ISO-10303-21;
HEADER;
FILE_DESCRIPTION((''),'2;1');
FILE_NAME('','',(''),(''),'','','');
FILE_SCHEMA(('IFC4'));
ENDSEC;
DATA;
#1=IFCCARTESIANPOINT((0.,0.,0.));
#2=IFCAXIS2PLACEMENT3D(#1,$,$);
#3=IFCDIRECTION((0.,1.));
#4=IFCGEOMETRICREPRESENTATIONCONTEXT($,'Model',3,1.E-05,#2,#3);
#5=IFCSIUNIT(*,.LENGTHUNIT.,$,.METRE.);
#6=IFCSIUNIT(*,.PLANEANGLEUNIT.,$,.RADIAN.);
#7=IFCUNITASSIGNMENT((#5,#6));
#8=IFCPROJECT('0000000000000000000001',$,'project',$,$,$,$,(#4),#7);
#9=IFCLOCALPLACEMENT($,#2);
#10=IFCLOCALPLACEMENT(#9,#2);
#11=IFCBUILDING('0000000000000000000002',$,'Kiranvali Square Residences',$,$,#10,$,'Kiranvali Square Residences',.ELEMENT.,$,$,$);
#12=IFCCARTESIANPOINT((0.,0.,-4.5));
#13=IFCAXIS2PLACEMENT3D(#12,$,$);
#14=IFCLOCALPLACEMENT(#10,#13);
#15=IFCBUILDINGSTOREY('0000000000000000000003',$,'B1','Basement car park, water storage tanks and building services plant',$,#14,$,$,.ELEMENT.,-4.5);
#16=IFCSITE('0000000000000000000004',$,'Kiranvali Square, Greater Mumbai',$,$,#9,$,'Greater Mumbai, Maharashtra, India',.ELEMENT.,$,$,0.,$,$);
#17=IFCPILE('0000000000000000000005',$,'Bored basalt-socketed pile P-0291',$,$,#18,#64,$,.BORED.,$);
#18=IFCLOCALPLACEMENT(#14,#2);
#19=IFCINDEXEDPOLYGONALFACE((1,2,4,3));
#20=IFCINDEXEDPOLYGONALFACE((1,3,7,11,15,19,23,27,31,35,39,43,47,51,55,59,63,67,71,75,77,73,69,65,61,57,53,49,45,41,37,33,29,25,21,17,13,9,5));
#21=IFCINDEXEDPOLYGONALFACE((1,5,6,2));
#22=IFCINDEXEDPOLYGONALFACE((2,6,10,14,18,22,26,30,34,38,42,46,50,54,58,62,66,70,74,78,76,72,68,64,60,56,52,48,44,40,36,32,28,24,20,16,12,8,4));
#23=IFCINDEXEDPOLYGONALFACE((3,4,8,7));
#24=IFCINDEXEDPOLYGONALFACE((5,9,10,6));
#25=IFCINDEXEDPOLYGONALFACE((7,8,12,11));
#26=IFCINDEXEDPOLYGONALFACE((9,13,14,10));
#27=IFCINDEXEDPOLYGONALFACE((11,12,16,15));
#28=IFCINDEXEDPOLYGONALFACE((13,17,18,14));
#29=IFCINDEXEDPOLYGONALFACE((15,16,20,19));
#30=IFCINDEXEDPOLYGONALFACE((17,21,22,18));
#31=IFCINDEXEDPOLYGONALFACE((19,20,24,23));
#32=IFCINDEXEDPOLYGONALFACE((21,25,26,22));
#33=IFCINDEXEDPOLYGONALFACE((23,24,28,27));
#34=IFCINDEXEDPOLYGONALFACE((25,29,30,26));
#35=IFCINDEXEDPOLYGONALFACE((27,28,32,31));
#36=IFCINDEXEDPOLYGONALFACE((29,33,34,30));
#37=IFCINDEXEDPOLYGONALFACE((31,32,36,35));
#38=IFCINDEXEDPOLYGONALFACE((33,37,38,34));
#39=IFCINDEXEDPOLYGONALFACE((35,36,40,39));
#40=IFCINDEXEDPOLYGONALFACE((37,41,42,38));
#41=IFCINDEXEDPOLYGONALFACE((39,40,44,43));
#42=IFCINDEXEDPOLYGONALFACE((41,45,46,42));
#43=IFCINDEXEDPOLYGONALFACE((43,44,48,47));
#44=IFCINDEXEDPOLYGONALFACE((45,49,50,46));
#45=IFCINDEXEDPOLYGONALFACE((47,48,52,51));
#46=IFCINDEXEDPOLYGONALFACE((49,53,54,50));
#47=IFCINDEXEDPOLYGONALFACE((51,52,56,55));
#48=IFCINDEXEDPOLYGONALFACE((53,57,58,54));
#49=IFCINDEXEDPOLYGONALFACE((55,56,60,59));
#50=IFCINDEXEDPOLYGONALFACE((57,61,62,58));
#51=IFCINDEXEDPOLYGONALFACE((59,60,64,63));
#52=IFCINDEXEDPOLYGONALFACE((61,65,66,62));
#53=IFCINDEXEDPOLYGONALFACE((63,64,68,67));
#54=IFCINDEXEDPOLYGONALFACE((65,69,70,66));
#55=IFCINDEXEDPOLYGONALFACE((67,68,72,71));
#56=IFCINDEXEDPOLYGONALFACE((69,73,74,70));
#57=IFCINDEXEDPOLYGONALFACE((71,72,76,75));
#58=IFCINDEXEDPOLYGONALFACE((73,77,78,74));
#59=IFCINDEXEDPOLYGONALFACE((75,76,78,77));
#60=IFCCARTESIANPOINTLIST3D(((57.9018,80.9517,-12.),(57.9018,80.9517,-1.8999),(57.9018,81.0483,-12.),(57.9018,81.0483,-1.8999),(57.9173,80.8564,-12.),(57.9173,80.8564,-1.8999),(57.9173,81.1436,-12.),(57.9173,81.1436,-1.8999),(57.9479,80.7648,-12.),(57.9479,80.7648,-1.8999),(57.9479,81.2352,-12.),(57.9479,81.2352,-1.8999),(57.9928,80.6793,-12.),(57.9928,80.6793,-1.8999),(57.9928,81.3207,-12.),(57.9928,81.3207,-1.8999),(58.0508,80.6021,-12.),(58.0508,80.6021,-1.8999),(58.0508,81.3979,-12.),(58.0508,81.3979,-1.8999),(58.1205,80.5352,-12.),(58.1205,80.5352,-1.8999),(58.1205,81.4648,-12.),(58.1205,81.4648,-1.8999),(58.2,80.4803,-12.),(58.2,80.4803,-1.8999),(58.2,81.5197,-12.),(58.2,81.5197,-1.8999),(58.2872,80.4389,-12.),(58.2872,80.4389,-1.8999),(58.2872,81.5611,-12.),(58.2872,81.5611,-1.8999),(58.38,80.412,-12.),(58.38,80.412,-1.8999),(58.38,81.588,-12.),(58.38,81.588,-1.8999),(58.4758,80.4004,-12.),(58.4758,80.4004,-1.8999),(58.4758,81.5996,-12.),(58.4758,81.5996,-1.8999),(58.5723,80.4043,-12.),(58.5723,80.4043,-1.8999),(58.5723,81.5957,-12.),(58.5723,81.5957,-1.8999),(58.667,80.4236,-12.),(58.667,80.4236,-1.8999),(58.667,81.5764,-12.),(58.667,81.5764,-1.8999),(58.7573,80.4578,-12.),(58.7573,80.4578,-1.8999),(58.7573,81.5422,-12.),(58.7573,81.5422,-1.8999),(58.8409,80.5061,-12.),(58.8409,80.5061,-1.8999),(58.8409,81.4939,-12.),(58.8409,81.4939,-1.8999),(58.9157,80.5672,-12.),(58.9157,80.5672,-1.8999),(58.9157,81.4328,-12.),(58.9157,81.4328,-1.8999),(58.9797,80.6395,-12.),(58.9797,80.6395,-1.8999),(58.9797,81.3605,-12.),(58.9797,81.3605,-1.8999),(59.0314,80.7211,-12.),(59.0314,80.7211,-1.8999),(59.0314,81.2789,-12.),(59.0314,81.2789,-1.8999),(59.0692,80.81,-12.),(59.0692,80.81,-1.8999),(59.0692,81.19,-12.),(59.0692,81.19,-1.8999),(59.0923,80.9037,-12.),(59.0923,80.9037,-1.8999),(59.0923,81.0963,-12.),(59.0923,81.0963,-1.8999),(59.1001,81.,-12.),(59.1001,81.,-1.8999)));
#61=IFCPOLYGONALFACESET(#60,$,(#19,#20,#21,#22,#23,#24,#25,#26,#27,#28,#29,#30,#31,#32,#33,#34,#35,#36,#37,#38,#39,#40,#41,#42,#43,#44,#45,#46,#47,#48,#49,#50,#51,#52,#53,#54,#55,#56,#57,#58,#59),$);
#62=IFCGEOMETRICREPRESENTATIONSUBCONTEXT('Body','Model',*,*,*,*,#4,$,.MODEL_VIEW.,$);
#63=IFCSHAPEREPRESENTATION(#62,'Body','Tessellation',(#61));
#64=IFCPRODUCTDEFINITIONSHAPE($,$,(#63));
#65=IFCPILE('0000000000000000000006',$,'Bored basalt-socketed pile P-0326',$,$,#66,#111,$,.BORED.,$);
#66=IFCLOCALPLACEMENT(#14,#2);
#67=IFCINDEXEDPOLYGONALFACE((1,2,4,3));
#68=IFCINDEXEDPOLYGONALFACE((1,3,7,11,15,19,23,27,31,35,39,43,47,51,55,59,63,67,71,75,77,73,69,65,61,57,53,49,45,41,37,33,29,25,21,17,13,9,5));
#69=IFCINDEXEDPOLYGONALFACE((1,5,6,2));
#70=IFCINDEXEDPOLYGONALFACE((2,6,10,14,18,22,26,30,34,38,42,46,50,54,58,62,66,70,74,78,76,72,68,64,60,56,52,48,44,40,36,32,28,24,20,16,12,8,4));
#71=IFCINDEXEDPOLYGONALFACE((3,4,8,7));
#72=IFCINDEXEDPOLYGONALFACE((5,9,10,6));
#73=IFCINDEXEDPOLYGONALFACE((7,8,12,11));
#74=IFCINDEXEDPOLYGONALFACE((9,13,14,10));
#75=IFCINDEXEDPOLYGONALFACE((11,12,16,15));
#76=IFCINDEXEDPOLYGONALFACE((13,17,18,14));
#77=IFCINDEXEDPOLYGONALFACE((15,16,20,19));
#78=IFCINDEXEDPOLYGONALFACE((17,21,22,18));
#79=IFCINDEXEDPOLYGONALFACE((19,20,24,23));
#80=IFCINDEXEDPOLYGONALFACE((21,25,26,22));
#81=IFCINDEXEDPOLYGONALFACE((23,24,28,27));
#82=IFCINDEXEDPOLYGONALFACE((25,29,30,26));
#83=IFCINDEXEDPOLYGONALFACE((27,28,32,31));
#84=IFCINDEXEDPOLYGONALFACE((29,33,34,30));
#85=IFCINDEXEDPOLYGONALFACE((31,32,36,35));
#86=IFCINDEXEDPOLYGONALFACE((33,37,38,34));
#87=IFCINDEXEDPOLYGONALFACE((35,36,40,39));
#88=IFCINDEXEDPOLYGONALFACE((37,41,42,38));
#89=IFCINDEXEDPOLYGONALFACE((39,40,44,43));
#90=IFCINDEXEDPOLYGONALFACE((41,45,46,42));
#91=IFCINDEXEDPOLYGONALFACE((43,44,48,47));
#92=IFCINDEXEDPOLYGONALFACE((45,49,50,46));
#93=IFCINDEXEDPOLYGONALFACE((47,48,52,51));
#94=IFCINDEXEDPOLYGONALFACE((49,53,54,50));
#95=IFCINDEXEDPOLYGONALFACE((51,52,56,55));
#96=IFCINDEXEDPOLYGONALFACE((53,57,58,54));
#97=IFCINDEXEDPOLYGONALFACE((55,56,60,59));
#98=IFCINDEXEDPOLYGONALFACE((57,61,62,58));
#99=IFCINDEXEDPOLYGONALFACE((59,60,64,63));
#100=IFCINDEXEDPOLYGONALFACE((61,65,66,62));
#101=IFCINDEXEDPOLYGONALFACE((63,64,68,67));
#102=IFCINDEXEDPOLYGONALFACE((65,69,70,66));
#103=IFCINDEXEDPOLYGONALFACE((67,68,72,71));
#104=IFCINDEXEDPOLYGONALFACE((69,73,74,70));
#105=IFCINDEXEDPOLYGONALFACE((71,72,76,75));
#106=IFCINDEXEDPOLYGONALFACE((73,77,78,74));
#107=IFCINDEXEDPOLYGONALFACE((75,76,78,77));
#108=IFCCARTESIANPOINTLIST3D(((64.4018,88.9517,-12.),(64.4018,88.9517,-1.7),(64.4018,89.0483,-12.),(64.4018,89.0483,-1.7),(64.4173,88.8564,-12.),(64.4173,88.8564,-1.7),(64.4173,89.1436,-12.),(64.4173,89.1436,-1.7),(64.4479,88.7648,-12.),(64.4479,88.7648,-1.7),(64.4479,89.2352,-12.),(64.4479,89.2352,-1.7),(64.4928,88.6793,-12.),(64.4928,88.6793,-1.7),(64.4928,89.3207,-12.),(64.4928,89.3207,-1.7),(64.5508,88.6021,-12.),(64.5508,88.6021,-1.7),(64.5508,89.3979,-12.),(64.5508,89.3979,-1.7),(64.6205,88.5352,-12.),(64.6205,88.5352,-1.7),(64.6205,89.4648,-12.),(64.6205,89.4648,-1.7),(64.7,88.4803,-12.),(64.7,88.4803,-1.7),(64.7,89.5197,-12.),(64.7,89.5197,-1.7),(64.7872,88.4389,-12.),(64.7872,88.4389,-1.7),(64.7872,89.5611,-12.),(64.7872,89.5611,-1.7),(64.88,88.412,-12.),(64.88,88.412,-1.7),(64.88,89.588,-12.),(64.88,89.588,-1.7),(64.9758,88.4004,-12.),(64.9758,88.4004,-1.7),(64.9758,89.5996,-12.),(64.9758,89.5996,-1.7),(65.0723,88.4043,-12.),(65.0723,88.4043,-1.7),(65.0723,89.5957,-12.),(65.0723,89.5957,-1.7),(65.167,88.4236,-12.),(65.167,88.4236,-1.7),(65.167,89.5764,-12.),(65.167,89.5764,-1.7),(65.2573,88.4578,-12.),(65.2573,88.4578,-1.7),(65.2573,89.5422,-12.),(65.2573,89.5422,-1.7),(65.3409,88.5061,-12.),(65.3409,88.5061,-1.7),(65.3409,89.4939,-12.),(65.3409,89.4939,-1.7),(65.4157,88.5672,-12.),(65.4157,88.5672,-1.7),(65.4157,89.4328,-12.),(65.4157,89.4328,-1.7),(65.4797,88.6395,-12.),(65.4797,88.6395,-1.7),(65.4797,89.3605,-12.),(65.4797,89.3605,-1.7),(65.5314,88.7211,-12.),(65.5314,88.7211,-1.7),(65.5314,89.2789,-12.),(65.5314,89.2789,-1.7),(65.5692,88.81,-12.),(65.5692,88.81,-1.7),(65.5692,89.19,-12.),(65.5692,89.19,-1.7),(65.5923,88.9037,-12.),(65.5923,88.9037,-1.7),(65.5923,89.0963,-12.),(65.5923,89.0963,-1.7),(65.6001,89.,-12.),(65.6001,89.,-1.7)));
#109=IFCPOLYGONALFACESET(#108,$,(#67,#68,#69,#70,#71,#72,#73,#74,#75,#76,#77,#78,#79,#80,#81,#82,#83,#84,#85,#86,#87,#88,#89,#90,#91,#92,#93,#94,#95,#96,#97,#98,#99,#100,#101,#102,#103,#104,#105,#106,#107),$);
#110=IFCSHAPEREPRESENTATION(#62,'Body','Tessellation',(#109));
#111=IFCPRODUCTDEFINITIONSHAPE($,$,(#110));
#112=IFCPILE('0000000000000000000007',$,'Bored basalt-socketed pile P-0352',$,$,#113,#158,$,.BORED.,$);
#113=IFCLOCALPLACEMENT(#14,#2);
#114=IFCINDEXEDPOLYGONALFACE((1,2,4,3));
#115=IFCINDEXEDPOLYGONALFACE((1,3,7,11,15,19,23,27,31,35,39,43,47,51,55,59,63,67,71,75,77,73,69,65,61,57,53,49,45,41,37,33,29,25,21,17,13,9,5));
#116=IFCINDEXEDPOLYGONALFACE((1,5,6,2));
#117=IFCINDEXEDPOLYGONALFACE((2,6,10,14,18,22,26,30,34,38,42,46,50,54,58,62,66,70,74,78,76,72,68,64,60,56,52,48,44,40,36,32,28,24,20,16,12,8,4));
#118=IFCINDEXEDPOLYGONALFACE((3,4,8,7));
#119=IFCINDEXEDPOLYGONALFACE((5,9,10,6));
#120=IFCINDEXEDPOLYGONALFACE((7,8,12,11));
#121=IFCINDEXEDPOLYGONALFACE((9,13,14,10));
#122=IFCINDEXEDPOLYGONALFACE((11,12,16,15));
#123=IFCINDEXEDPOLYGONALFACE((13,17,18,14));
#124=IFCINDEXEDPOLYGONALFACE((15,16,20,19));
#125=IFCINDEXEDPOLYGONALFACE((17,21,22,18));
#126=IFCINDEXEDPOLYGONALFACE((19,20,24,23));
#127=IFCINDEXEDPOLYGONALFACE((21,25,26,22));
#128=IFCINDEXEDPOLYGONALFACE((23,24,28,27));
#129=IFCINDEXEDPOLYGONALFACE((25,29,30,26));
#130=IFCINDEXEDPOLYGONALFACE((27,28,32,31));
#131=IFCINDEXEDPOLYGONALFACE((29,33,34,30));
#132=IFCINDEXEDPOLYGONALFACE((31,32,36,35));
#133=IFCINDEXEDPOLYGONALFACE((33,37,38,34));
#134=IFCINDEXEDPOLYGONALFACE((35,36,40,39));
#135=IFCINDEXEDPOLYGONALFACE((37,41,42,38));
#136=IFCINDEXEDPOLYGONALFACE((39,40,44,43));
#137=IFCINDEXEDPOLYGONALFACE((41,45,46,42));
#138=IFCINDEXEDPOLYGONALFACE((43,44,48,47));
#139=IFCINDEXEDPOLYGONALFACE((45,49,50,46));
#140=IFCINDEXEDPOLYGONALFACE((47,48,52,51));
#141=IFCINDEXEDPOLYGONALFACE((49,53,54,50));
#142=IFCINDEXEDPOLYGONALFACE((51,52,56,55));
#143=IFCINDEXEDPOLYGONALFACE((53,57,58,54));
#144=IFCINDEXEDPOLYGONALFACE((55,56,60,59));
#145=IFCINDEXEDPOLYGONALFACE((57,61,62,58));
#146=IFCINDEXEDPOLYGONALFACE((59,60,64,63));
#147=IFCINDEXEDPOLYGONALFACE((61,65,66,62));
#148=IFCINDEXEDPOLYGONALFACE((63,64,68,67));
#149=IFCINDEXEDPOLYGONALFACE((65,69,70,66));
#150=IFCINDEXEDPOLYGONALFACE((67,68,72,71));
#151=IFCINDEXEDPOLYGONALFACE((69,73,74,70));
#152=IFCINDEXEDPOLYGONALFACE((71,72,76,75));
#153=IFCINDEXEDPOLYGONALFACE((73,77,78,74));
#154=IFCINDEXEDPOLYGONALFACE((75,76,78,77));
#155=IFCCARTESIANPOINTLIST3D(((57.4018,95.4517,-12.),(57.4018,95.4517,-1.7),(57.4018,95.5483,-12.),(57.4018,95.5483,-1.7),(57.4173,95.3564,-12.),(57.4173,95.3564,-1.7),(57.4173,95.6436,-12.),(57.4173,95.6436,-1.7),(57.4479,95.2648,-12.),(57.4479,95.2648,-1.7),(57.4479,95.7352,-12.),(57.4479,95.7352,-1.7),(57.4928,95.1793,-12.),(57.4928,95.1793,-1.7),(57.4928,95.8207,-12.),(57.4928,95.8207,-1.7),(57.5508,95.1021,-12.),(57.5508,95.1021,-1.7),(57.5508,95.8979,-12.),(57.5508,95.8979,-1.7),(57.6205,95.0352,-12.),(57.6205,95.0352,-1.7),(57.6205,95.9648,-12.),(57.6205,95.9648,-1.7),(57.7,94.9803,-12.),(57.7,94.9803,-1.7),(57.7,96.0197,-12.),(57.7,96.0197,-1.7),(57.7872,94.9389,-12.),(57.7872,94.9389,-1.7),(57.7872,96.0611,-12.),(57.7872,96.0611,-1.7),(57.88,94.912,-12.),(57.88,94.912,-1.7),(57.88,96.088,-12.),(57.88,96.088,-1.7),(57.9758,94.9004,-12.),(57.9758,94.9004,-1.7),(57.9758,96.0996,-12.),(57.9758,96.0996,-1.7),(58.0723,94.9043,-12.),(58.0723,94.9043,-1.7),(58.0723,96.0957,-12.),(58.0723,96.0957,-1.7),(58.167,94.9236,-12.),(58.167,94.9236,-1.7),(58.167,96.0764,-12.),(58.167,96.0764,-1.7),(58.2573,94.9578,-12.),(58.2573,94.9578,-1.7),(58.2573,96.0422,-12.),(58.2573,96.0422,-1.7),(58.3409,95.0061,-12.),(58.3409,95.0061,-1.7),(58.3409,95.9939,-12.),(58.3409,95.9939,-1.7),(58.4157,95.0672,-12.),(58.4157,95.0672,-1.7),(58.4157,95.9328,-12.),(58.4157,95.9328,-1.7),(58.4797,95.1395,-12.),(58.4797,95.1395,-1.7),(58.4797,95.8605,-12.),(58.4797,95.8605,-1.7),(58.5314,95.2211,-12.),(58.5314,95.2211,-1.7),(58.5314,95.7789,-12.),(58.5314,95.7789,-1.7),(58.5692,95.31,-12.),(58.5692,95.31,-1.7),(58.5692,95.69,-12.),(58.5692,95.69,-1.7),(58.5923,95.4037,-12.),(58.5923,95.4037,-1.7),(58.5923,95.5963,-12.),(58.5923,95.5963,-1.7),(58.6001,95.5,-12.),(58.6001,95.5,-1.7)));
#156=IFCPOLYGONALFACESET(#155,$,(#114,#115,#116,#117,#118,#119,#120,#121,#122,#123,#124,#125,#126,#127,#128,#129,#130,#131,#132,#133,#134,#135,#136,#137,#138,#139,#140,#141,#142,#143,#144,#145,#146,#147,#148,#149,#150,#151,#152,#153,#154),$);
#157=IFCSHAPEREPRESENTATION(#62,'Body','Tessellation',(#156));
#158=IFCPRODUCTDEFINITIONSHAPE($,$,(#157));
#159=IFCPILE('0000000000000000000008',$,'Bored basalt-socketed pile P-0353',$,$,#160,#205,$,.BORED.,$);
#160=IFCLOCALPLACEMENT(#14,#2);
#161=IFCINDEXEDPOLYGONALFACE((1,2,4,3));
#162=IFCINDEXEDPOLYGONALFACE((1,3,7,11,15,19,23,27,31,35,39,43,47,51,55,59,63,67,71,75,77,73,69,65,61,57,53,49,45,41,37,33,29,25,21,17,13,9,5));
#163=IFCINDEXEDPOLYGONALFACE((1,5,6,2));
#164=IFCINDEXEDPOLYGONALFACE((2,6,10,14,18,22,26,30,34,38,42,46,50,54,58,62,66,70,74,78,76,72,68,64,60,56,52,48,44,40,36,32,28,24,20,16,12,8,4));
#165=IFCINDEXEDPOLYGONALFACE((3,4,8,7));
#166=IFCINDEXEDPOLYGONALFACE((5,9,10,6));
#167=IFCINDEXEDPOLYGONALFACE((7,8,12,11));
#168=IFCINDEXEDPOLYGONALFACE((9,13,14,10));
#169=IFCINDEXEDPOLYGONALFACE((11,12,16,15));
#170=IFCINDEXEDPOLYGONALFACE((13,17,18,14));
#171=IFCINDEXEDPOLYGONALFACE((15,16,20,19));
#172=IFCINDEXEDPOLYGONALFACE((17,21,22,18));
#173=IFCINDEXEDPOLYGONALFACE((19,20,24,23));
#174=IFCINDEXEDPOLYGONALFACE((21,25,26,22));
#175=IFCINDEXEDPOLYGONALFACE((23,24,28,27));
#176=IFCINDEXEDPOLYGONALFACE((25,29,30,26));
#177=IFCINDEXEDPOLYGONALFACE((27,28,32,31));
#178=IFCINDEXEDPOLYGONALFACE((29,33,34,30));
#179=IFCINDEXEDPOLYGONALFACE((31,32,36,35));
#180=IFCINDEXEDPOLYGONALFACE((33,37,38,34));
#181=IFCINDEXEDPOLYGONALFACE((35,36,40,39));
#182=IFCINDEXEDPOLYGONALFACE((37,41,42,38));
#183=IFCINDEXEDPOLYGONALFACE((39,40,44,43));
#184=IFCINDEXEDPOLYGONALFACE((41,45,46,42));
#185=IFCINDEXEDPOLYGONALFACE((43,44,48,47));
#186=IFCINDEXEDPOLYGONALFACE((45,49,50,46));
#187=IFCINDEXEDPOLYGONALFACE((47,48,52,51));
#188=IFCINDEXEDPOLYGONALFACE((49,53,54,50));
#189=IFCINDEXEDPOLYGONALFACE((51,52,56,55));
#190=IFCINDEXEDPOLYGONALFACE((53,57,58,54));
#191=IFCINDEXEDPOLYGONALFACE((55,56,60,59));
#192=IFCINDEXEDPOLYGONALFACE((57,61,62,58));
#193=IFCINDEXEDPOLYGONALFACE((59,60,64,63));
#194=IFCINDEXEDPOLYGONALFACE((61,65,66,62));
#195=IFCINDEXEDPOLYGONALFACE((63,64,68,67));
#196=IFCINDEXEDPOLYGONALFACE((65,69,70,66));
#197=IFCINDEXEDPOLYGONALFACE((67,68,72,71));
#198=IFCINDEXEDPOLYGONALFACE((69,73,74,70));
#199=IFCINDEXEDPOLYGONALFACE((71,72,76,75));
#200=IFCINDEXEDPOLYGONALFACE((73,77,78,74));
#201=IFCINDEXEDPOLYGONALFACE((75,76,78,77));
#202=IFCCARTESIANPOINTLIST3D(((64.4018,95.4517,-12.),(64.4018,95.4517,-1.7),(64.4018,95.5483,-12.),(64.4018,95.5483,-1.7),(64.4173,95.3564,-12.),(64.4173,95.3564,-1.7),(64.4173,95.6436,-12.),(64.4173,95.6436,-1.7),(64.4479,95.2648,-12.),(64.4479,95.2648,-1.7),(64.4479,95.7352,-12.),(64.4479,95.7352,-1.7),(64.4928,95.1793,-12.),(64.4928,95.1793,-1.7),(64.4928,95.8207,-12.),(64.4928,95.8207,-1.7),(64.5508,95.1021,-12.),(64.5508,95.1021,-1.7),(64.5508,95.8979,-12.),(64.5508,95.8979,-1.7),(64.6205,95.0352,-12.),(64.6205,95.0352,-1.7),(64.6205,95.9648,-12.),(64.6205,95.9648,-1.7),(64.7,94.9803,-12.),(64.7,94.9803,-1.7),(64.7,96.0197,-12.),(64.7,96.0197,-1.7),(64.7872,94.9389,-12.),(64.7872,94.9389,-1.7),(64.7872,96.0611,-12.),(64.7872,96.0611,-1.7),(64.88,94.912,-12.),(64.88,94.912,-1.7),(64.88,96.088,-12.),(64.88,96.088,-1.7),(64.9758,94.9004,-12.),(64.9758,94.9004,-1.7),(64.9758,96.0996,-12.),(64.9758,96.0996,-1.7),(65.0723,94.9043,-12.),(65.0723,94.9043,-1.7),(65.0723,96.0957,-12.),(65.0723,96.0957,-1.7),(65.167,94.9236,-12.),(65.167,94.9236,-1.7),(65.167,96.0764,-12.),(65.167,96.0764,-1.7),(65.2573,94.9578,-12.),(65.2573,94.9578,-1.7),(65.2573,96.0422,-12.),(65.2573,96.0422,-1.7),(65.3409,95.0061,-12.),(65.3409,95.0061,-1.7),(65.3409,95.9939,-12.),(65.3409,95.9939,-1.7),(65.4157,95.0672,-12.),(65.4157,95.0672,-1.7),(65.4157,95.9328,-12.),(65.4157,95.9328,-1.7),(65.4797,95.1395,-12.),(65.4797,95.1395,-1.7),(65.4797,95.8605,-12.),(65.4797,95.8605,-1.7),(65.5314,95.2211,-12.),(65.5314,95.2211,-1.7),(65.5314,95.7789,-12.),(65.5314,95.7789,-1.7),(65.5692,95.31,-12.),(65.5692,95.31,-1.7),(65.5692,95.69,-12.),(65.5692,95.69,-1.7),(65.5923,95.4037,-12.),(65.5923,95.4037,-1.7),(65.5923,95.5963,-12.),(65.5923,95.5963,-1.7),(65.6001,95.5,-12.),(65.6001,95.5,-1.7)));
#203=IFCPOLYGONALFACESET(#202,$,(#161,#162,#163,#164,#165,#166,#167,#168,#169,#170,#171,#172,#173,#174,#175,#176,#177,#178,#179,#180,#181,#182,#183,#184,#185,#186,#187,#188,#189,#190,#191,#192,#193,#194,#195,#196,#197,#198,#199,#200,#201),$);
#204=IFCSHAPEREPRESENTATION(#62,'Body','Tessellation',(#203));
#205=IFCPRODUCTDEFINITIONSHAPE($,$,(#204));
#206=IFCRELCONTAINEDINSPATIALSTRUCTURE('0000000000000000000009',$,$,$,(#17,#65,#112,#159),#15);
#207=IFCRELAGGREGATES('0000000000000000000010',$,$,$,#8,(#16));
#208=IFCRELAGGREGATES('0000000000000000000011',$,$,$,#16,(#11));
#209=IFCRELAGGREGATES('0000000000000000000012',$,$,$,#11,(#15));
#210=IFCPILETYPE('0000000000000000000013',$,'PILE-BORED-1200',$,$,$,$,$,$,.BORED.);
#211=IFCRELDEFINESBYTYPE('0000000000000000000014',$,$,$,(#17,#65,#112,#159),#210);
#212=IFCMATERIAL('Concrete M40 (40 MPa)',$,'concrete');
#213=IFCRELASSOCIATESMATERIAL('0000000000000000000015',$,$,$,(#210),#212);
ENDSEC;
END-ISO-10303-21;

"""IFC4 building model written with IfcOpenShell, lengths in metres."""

from ifc_helpers import new_model, si_unit, direction, frame, origin, origin_2d, place, context, subcontext, project, spatial, circle, extrude, material, material_profile, profile_set, type_object, element, save


model = new_model("IFC4")

# Units and contexts
model_context = context("Model", 3, precision=1e-05, world=origin(), true_north=direction((0.0, 1.0)))
body_context = subcontext(model_context, "Body", "Model", "MODEL_VIEW")
ifc_project = project(units=[si_unit("LENGTHUNIT", "METRE"), si_unit("PLANEANGLEUNIT", "RADIAN")], contexts=[model_context])

# Site, building, storey
site_placement = place(None, origin())
site = spatial("IfcSite", under=ifc_project, at=site_placement, Name="Kiranvali Square, Greater Mumbai", LongName="Greater Mumbai, Maharashtra, India", CompositionType="ELEMENT", RefElevation=0.0)
building_placement = place(site_placement, origin())
building = spatial("IfcBuilding", under=site, at=building_placement, Name="Kiranvali Square Residences", LongName="Kiranvali Square Residences", CompositionType="ELEMENT")
storey_placement = place(building_placement, frame((0.0, 0.0, -4.5)))
storey = spatial("IfcBuildingStorey", under=building, at=storey_placement, Name="B1", Description="Basement car park, water storage tanks and building services plant", CompositionType="ELEMENT", Elevation=-4.5)

# Shared definitions
ifc_material_1 = material(Name="Concrete M40 (40 MPa)", Category="concrete")

# Piles
ifc_material_profile_1 = material_profile(ifc_material_1, circle(Radius=0.6001, at=origin_2d()), Name="BORED PILE 1200")
ifc_profile_set_1 = profile_set([ifc_material_profile_1], Name="Concrete M40 (40 MPa)")
pile_type = type_object("IfcPileType", Name="PILE-BORED-1200", PredefinedType="BORED", material=ifc_profile_set_1)
pile_1_placement = place(storey_placement, frame((58.5, 81.0, -1.8999), z_axis=(0.0, 0.0, -1.0), x_axis=(1.0, 0.0, 0.0)))
element("IfcPile", 1, at=pile_1_placement, inside=storey, type_object=pile_type, Name="Bored basalt-socketed pile P-0291", PredefinedType="BORED", context=body_context, shape_type="SweptSolid", body=[
    extrude(circle(Radius=0.6001, at=origin_2d()), origin(), (0.0, 0.0, 1.0), 10.1001),
])
for number, where, z_axis, x_axis, name in (
    (2, (65.0, 89.0, -1.7), (0.0, 0.0, -1.0), (1.0, 0.0, 0.0), "Bored basalt-socketed pile P-0326"),
    (3, (58.0, 95.5, -1.7), (0.0, 0.0, -1.0), (1.0, 0.0, 0.0), "Bored basalt-socketed pile P-0352"),
    (4, (65.0, 95.5, -1.7), (0.0, 0.0, -1.0), (1.0, 0.0, 0.0), "Bored basalt-socketed pile P-0353"),
):
    element("IfcPile", number, at=place(storey_placement, frame(where, z_axis=z_axis, x_axis=x_axis)), inside=storey, type_object=pile_type, Name=name, PredefinedType="BORED", context=body_context, shape_type="SweptSolid", body=[
        extrude(circle(Radius=0.6001, at=origin_2d()), origin(), (0.0, 0.0, 1.0), 10.3),
    ])

save(model, "model.ifc")
